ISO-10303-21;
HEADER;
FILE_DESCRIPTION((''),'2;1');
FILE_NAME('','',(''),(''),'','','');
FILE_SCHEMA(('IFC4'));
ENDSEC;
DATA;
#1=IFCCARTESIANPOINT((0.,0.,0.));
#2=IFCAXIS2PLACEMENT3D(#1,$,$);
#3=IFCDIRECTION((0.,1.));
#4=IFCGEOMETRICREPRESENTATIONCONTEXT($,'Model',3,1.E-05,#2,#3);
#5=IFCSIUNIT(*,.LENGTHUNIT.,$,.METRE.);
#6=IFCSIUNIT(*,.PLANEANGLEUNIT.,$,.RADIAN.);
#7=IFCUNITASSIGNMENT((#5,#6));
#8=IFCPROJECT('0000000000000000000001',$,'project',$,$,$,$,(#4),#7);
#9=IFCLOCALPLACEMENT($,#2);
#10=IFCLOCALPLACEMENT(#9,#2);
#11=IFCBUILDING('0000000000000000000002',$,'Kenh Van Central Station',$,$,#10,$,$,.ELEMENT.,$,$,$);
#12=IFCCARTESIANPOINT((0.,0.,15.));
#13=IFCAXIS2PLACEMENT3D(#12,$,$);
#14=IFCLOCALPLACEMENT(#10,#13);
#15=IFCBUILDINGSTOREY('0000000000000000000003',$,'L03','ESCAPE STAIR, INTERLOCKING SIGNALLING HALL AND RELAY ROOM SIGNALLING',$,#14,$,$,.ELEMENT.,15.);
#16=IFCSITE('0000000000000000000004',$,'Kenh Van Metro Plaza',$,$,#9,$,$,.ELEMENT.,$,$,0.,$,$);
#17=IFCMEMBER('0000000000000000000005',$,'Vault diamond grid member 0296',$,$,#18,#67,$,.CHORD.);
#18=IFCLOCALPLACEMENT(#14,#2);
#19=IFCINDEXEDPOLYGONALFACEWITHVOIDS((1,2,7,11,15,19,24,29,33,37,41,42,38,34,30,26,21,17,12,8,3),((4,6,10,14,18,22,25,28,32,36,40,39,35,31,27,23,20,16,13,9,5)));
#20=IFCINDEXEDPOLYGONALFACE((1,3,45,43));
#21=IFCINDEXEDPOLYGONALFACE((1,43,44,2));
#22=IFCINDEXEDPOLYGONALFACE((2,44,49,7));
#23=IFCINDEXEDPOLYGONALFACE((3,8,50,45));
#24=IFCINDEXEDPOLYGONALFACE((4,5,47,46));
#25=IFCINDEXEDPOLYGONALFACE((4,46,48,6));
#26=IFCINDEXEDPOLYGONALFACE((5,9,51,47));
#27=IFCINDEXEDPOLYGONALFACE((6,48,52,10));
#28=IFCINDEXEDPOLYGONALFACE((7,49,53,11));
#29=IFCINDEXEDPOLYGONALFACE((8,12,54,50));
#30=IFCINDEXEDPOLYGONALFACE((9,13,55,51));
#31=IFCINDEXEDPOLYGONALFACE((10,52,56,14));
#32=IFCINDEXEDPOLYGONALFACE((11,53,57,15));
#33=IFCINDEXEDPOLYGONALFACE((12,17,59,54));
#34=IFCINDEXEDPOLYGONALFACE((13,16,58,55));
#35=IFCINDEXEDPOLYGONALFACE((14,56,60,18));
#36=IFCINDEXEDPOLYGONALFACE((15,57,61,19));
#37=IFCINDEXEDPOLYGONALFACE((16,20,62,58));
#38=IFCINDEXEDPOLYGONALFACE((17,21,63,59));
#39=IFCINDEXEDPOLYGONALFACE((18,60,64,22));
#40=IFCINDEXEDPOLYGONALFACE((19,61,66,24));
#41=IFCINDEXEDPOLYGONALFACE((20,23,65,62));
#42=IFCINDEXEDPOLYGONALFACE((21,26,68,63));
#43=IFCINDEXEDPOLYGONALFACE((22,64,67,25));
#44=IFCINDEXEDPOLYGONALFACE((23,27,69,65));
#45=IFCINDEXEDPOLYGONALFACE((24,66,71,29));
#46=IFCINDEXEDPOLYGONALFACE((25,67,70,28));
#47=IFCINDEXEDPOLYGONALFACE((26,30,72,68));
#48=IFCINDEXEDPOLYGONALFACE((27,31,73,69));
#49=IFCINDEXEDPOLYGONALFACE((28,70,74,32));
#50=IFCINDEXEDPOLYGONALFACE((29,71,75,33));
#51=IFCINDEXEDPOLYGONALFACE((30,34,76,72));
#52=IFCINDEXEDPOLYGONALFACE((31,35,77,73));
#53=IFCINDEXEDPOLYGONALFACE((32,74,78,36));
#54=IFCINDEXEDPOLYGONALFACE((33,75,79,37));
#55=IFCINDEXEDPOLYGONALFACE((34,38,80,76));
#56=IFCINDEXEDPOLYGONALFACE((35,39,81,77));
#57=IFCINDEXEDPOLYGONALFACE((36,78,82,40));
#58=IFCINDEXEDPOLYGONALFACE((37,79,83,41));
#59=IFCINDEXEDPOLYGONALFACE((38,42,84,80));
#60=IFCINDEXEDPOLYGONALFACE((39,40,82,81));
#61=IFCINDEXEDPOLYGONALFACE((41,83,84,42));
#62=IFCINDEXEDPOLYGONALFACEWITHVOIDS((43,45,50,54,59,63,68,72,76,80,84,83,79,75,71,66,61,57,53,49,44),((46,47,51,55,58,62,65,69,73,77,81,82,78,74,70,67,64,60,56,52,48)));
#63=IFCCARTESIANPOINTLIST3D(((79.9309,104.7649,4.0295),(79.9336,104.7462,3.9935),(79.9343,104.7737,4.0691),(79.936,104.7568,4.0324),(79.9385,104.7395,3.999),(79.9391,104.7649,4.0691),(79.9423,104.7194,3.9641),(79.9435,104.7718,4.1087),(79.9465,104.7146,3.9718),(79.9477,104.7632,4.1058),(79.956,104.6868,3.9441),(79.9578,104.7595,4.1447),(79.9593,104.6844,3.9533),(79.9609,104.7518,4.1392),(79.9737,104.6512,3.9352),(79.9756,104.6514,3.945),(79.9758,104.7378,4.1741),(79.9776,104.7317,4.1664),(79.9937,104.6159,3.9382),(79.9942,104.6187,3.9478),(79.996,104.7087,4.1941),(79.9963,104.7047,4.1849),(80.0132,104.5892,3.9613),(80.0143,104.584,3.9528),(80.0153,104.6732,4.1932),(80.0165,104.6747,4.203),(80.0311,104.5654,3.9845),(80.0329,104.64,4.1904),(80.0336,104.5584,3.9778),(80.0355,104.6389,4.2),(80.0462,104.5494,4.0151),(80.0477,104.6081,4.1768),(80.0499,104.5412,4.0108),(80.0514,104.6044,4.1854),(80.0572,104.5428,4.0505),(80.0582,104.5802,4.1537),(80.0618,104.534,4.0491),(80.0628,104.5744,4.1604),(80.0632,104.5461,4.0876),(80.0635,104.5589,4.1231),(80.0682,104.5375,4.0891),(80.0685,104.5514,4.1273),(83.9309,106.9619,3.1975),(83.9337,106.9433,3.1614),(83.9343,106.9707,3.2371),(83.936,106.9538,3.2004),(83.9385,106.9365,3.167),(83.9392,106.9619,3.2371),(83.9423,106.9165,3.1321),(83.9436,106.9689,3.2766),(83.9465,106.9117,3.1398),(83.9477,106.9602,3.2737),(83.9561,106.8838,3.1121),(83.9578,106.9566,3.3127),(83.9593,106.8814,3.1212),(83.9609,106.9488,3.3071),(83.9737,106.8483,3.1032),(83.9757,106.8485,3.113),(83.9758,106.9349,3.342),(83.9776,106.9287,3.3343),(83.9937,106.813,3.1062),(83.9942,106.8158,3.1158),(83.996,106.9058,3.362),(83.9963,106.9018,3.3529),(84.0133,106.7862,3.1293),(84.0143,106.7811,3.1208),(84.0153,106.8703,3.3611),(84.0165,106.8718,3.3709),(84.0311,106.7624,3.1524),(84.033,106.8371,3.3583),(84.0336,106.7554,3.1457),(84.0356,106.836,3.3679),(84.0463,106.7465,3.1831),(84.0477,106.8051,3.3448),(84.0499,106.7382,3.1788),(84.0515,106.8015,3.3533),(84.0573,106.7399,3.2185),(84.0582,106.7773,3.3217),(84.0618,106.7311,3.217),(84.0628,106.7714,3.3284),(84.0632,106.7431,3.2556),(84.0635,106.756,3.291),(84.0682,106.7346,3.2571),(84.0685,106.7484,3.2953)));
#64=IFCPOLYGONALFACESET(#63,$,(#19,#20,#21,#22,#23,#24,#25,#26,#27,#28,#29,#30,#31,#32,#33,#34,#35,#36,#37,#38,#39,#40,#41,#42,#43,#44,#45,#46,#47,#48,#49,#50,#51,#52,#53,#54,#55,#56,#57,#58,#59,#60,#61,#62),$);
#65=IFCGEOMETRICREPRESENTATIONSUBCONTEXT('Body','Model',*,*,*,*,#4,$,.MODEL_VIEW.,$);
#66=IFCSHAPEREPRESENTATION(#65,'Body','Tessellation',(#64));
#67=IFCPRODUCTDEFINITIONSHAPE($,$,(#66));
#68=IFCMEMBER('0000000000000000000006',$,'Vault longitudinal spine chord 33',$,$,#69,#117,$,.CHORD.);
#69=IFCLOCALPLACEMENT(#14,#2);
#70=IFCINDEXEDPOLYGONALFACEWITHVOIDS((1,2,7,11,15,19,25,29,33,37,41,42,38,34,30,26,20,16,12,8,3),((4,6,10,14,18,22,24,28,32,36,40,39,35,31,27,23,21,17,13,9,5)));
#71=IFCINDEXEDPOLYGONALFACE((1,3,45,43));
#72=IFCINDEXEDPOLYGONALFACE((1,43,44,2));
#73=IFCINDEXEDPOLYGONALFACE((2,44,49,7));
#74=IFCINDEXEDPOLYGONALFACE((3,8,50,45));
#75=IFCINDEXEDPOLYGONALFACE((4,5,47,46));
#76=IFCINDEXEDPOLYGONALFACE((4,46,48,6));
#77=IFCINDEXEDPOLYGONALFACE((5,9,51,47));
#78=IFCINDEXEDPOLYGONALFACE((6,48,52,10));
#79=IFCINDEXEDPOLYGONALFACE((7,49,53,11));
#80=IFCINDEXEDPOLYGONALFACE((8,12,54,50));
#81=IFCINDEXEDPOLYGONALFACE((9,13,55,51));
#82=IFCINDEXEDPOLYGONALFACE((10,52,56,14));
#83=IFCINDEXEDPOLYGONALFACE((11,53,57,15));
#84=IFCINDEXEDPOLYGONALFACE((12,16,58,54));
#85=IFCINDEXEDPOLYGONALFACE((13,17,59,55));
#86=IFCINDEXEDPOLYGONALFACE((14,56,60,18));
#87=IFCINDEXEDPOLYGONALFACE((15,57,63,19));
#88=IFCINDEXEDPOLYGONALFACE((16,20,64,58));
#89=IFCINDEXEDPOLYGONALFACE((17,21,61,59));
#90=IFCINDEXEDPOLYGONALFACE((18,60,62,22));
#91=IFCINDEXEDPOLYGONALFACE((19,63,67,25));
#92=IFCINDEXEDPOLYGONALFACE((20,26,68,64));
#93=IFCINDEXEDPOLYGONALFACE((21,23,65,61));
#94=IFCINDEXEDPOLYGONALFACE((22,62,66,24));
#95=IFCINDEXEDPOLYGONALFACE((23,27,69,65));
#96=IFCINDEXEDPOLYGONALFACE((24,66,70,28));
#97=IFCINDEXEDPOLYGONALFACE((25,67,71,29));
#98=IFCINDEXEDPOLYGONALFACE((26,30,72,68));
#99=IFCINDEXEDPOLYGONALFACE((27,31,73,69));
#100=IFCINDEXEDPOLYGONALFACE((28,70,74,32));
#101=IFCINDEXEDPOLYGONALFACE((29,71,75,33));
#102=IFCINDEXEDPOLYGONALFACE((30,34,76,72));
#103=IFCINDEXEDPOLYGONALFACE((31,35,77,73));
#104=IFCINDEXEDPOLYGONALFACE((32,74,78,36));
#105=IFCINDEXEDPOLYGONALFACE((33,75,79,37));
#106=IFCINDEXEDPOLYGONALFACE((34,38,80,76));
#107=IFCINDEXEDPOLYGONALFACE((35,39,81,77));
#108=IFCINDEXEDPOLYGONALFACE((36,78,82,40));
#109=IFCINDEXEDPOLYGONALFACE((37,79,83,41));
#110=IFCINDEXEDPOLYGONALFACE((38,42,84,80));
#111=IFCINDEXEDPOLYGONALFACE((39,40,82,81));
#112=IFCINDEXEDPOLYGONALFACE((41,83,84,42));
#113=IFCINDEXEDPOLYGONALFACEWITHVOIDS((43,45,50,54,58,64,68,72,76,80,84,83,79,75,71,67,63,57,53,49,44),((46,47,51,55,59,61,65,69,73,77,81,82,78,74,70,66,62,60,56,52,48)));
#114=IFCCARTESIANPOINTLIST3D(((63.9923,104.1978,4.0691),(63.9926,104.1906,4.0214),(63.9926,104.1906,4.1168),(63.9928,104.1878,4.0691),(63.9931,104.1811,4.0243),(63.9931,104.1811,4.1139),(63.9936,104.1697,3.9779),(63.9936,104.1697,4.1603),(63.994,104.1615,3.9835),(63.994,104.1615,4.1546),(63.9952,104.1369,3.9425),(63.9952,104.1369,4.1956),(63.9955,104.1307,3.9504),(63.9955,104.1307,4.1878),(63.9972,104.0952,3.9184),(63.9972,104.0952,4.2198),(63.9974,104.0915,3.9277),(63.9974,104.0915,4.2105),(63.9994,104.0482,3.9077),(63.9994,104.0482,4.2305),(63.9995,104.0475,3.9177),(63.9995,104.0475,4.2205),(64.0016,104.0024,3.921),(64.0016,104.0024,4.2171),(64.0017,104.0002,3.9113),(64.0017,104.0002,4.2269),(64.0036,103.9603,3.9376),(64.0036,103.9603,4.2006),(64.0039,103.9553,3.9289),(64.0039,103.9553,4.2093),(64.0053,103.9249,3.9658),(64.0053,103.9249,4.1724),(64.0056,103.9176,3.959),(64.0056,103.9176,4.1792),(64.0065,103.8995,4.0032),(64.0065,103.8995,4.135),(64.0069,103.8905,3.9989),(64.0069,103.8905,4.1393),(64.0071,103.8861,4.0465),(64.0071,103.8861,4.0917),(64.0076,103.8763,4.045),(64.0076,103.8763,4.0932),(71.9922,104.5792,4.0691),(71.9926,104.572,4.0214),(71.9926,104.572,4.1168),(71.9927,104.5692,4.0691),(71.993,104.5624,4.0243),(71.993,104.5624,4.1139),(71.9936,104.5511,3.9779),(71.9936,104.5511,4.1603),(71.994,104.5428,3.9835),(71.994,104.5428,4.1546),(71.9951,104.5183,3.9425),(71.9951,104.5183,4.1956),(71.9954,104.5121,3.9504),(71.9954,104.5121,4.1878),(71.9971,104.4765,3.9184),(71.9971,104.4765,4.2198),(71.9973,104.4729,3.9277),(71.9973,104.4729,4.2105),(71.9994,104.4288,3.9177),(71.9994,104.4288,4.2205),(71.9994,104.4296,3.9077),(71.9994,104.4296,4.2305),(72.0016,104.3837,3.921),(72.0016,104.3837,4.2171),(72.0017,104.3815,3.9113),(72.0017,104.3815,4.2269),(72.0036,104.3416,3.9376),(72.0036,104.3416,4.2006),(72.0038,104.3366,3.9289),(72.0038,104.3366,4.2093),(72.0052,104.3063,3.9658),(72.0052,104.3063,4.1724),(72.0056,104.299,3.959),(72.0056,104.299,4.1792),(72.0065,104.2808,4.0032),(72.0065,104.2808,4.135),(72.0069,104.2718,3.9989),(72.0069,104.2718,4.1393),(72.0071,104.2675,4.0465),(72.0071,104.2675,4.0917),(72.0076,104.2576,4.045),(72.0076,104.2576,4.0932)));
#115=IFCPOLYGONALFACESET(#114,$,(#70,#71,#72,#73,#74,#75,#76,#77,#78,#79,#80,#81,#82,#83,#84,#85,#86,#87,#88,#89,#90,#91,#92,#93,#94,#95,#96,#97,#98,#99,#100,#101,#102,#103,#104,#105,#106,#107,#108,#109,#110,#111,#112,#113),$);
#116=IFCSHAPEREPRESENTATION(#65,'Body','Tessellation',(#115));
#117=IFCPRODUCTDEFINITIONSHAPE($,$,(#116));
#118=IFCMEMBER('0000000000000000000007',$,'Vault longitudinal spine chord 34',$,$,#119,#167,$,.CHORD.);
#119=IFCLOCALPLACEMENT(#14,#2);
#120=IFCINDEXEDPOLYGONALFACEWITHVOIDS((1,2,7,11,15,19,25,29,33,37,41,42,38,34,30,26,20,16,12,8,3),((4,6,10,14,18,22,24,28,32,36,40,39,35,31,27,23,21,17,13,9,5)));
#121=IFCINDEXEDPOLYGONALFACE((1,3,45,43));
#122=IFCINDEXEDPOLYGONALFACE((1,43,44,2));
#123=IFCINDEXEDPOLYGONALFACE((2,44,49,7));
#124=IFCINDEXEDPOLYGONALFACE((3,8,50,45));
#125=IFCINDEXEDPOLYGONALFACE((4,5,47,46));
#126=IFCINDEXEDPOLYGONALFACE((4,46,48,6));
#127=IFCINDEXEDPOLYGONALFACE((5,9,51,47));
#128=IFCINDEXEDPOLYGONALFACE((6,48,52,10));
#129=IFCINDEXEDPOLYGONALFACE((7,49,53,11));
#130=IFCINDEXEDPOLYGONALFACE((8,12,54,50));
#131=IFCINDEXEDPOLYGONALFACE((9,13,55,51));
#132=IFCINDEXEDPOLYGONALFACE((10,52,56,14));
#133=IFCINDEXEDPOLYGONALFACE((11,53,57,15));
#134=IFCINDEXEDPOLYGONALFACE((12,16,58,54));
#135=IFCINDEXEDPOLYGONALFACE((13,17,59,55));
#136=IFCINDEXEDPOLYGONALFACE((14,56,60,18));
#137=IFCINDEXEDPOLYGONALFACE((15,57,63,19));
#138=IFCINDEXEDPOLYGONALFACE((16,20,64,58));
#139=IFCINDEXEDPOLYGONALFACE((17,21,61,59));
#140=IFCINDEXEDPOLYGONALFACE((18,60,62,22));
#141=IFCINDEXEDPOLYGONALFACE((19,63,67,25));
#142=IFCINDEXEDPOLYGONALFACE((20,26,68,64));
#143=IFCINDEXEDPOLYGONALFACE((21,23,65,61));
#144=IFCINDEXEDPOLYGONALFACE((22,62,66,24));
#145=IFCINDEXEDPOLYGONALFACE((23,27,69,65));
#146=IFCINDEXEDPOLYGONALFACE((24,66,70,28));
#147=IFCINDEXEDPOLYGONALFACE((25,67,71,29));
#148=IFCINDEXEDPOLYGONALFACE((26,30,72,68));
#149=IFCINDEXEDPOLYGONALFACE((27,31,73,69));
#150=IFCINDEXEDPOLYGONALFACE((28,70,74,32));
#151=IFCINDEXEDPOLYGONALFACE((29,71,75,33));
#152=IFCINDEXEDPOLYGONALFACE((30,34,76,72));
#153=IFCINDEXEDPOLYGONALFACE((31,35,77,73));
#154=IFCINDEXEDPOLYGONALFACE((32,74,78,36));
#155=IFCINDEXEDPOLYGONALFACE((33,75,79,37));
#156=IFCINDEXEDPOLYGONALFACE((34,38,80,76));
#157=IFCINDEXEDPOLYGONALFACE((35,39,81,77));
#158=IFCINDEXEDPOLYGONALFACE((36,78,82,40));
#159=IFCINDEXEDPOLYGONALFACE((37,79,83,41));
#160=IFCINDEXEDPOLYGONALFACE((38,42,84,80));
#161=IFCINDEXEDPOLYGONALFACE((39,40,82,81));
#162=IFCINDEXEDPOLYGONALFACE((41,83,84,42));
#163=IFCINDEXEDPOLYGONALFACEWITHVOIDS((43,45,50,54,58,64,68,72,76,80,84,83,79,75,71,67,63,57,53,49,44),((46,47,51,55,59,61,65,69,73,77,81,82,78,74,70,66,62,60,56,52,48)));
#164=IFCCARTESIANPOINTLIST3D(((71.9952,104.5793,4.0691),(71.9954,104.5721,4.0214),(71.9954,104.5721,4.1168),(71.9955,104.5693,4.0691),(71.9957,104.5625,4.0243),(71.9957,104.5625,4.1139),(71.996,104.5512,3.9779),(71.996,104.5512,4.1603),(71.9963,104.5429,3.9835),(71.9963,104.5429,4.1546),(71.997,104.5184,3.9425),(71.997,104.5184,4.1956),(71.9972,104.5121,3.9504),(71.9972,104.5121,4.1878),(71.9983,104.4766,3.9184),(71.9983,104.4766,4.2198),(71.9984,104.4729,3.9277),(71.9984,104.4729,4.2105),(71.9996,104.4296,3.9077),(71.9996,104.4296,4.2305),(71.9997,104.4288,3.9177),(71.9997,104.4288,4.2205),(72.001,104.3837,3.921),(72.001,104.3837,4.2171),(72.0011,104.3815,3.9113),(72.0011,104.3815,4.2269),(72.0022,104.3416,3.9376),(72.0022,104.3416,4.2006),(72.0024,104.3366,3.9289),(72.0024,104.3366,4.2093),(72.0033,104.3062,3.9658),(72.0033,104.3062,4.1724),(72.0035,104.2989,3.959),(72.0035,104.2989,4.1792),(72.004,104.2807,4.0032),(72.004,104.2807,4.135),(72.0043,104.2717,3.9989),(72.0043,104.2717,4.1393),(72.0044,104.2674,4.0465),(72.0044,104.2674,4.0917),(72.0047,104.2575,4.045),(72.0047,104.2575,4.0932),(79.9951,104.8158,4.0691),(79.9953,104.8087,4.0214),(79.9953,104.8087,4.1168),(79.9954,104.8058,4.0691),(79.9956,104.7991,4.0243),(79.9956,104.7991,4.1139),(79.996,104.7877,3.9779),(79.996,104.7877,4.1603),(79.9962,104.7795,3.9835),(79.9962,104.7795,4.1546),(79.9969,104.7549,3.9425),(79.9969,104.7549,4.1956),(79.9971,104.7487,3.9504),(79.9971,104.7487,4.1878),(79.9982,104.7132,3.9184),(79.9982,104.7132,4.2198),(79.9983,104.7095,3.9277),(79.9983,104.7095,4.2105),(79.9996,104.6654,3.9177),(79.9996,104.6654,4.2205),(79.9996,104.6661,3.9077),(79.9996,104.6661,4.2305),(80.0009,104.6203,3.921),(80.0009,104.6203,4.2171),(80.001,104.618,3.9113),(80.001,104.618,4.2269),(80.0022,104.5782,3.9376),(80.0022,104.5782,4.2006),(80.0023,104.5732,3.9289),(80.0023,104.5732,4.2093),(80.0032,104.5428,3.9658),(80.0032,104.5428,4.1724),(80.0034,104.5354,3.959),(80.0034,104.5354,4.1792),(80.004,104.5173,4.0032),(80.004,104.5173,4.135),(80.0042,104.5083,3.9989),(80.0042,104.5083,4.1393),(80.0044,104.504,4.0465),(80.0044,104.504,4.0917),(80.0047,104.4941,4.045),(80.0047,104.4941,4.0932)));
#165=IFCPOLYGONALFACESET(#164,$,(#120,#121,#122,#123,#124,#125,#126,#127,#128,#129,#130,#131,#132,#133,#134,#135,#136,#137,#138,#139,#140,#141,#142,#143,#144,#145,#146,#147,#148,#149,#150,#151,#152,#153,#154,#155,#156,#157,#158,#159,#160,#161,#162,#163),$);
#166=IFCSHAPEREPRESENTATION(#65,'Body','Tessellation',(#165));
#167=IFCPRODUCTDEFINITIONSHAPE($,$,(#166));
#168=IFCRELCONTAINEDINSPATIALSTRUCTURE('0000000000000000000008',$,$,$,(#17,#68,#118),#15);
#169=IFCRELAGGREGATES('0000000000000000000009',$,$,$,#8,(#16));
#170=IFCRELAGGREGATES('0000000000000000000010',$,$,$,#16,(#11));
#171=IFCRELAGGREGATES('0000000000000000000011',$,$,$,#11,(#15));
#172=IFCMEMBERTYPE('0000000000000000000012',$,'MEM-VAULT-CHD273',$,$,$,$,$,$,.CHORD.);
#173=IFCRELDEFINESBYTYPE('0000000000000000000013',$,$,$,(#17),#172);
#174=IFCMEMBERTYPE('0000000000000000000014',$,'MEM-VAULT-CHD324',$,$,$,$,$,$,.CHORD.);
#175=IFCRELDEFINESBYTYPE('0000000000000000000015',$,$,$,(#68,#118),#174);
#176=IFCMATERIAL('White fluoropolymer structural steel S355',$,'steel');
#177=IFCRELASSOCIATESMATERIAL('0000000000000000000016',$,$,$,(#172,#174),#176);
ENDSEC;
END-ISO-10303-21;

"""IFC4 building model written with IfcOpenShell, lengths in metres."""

from ifc_helpers import new_model, si_unit, direction, frame, origin, origin_2d, place, context, subcontext, project, spatial, hollow_circle, extrude, material, material_profile, profile_set, type_object, element, save


model = new_model("IFC4")

# Units and contexts
model_context = context("Model", 3, precision=1e-05, world=origin(), true_north=direction((0.0, 1.0)))
body_context = subcontext(model_context, "Body", "Model", "MODEL_VIEW")
ifc_project = project(units=[si_unit("LENGTHUNIT", "METRE"), si_unit("PLANEANGLEUNIT", "RADIAN")], contexts=[model_context])

# Site, building, storey
site_placement = place(None, origin())
site = spatial("IfcSite", under=ifc_project, at=site_placement, Name="Kenh Van Metro Plaza", CompositionType="ELEMENT", RefElevation=0.0)
building_placement = place(site_placement, origin())
building = spatial("IfcBuilding", under=site, at=building_placement, Name="Kenh Van Central Station", CompositionType="ELEMENT")
storey_placement = place(building_placement, frame((0.0, 0.0, 15.0)))
storey = spatial("IfcBuildingStorey", under=building, at=storey_placement, Name="L03", Description="ESCAPE STAIR, INTERLOCKING SIGNALLING HALL AND RELAY ROOM SIGNALLING", CompositionType="ELEMENT", Elevation=15.0)

# Shared definitions
ifc_material_1 = material(Name="White fluoropolymer structural steel S355", Category="steel")

# Members
ifc_material_profile_1 = material_profile(ifc_material_1, hollow_circle(Radius=0.1365, WallThickness=0.01, at=origin_2d()), Name="CHS 273x10")
ifc_profile_set_1 = profile_set([ifc_material_profile_1], Name="White fluoropolymer structural steel S355")
member_type_1 = type_object("IfcMemberType", Name="MEM-VAULT-CHD273", PredefinedType="CHORD", material=ifc_profile_set_1)
member_1_placement = place(storey_placement, frame((80.0, 104.6541, 4.0691), z_axis=(0.862278, 0.473611, -0.17936), x_axis=(-0.481418, 0.876491, 0.0)))
element("IfcMember", 1, at=member_1_placement, inside=storey, type_object=member_type_1, Name="Vault diamond grid member 0296", PredefinedType="CHORD", context=body_context, shape_type="SweptSolid", body=[
    extrude(hollow_circle(Radius=0.1365, WallThickness=0.01, at=origin_2d()), origin(), (0.0, 0.0, 1.0), 4.6389),
])
ifc_material_profile_2 = material_profile(ifc_material_1, hollow_circle(Radius=0.1619, WallThickness=0.01, at=origin_2d()), Name="CHS 323.9x10")
ifc_profile_set_2 = profile_set([ifc_material_profile_2], Name="White fluoropolymer structural steel S355")
member_type_2 = type_object("IfcMemberType", Name="MEM-VAULT-CHD324", PredefinedType="CHORD", material=ifc_profile_set_2)
member_2_placement = place(storey_placement, frame((64.0, 104.0361, 4.0691), z_axis=(0.998866, 0.047614, 0.0), x_axis=(-0.047614, 0.998866, 0.0)))
element("IfcMember", 2, at=member_2_placement, inside=storey, type_object=member_type_2, Name="Vault longitudinal spine chord 33", PredefinedType="CHORD", context=body_context, shape_type="SweptSolid", body=[
    extrude(hollow_circle(Radius=0.1619, WallThickness=0.01, at=origin_2d()), origin(), (0.0, 0.0, 1.0), 8.009),
])
member_3_placement = place(storey_placement, frame((72.0, 104.4175, 4.0691), z_axis=(0.999563, 0.029559, 0.0), x_axis=(-0.029559, 0.999563, 0.0)))
element("IfcMember", 3, at=member_3_placement, inside=storey, type_object=member_type_2, Name="Vault longitudinal spine chord 34", PredefinedType="CHORD", context=body_context, shape_type="SweptSolid", body=[
    extrude(hollow_circle(Radius=0.1619, WallThickness=0.01, at=origin_2d()), origin(), (0.0, 0.0, 1.0), 8.0034),
])

save(model, "model.ifc")
